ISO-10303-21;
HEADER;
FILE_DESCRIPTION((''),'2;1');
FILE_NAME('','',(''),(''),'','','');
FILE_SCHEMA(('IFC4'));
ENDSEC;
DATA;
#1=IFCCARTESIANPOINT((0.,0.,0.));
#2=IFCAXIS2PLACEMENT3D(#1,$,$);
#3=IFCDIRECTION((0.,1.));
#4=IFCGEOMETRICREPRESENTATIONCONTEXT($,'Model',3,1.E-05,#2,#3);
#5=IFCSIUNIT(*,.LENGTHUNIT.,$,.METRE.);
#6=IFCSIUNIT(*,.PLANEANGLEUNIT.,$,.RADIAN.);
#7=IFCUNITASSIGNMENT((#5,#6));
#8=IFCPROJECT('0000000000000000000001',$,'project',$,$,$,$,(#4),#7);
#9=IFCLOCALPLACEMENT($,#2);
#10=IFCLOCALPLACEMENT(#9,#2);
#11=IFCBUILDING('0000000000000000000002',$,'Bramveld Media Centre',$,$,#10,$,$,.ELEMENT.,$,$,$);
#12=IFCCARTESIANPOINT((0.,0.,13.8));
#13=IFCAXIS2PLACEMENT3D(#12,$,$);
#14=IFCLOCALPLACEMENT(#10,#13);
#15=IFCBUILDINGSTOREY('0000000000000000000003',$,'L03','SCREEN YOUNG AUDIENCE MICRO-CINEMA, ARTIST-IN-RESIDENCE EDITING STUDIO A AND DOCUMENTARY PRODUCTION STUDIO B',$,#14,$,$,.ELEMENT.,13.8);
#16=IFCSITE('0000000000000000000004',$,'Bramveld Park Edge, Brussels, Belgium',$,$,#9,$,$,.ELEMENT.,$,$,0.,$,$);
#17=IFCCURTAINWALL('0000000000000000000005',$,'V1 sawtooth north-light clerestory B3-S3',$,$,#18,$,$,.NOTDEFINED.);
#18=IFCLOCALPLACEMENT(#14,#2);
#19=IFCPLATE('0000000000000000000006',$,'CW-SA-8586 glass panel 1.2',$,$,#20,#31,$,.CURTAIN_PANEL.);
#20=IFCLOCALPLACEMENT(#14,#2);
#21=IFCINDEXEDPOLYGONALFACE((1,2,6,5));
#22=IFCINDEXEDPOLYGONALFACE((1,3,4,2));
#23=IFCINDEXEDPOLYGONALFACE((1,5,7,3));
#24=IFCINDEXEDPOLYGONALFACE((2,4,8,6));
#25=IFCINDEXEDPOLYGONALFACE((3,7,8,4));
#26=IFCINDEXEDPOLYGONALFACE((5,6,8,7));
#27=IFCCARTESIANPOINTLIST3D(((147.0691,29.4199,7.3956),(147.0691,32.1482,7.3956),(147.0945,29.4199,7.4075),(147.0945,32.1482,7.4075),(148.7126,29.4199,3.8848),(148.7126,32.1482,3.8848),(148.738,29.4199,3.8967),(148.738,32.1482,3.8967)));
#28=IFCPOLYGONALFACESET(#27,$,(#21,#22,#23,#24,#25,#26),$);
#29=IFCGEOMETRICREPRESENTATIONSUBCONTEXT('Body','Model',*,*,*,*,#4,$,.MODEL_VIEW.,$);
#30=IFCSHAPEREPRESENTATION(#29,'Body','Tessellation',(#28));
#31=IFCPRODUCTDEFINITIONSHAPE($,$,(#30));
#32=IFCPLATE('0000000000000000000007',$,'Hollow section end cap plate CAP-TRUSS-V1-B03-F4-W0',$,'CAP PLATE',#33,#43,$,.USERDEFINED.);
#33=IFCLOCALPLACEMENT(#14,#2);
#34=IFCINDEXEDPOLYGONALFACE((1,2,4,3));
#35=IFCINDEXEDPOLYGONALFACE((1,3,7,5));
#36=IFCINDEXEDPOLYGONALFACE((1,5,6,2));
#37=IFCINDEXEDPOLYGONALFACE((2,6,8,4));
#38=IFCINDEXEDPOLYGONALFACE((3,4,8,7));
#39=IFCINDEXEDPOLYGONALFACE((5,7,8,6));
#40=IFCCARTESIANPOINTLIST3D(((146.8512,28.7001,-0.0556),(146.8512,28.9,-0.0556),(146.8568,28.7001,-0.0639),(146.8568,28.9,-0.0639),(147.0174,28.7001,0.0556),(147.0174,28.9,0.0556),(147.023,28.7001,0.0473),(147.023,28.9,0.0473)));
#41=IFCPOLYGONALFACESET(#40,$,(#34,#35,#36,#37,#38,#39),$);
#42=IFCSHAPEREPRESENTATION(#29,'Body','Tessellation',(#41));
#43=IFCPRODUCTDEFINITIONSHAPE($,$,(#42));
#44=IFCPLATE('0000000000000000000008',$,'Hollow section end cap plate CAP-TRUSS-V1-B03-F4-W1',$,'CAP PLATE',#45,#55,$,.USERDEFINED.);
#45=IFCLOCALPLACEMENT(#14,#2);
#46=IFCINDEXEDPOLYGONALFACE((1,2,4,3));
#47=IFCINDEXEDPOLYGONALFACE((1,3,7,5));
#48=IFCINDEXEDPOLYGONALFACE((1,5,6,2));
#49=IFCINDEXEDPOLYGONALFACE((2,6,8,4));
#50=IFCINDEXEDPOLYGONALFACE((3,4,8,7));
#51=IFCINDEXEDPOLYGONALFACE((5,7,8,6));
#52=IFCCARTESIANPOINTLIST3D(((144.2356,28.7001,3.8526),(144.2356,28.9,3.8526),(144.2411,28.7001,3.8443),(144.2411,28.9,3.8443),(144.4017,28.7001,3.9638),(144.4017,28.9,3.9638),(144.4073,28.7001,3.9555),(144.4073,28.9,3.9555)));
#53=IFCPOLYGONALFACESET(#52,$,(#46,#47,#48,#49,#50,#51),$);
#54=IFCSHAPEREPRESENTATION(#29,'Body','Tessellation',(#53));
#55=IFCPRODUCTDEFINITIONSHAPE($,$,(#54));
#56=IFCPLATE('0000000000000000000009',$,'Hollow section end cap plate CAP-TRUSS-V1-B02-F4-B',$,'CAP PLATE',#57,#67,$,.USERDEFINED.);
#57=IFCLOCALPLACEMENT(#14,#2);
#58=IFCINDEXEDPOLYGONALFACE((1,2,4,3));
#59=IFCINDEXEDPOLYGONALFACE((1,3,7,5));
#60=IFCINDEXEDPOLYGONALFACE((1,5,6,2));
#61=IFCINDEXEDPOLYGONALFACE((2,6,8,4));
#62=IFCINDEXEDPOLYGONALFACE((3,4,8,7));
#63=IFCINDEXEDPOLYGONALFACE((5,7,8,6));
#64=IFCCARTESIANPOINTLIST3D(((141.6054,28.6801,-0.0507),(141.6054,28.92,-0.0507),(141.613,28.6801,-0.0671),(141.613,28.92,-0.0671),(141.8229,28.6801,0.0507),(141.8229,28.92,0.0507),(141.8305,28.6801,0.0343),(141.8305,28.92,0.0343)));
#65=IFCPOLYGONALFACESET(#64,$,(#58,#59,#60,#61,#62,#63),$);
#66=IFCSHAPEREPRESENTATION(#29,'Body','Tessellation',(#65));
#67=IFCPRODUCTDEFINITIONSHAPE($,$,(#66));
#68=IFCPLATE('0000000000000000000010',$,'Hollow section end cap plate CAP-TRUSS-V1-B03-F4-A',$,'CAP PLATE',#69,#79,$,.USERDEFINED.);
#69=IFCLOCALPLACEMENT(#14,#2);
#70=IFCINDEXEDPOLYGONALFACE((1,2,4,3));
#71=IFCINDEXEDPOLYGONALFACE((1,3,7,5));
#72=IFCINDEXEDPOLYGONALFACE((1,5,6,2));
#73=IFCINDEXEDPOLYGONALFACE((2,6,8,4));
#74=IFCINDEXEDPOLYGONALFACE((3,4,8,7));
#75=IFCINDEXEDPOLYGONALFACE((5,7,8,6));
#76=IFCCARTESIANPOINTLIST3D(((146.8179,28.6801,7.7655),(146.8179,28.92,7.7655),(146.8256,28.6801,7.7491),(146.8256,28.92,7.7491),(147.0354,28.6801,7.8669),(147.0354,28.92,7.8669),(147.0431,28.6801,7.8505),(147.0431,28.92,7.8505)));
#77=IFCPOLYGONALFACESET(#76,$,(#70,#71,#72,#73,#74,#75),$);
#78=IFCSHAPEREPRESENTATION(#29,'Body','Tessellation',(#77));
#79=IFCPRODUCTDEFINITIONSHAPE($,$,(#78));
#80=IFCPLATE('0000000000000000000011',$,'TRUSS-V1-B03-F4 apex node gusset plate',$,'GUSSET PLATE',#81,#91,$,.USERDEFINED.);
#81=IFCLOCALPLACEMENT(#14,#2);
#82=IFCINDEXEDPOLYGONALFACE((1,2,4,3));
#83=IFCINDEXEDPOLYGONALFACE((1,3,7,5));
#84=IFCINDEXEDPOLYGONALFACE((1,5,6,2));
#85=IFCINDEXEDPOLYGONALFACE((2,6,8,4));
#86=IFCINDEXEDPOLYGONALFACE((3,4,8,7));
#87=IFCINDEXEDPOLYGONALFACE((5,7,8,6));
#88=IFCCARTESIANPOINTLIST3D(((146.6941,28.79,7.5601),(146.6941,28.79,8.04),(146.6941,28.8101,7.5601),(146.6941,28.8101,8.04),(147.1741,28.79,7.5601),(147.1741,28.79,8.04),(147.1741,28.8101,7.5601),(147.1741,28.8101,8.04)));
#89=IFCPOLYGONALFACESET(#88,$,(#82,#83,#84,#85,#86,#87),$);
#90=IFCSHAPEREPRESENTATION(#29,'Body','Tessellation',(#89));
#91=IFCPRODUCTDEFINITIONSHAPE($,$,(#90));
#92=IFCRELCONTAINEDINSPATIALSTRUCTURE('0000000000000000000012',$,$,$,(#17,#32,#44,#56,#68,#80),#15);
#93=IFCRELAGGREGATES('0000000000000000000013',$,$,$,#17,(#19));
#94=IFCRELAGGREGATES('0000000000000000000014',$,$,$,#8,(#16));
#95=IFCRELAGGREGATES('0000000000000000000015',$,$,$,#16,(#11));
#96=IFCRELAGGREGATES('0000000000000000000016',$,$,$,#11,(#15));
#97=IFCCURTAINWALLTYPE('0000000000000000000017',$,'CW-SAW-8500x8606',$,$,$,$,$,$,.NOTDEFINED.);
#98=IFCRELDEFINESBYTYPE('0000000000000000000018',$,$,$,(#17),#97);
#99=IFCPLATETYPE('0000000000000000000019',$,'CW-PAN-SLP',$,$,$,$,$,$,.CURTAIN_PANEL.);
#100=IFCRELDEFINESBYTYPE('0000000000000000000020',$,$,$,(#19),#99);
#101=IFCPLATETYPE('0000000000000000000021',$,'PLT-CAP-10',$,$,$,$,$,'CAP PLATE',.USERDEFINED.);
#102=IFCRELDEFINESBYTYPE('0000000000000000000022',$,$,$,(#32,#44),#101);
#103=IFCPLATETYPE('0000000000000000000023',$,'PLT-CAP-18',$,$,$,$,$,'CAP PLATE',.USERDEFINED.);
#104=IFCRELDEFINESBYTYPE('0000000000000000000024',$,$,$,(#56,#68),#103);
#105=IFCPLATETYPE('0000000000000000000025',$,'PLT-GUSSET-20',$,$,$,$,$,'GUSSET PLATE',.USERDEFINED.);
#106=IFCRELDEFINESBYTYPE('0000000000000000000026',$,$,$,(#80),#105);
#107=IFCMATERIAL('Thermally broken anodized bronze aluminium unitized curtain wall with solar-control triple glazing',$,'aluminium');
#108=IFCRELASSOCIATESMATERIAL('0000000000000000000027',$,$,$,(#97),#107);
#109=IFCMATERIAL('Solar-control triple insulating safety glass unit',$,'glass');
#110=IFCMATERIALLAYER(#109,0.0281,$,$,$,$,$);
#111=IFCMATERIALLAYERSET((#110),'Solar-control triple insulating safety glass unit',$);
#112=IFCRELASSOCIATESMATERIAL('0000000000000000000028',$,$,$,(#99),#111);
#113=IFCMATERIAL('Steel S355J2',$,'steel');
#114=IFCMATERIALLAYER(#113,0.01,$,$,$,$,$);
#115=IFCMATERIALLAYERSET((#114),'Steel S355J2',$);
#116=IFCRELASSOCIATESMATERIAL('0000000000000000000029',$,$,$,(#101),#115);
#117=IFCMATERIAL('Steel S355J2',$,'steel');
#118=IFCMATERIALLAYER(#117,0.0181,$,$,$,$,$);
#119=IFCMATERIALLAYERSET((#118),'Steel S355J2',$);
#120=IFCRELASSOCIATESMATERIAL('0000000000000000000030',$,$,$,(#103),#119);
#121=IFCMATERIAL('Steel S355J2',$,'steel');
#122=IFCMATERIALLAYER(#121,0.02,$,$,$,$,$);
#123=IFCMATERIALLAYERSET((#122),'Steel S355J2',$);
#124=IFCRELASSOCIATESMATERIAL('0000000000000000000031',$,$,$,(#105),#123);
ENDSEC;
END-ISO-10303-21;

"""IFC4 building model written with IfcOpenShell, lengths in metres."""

from ifc_helpers import new_model, si_unit, direction, frame, origin, origin_2d, place, context, subcontext, project, spatial, polyline, rectangle, outline, extrude, material, layer, layer_set, type_object, element, aggregate, save


model = new_model("IFC4")

# Units and contexts
model_context = context("Model", 3, precision=1e-05, world=origin(), true_north=direction((0.0, 1.0)))
body_context = subcontext(model_context, "Body", "Model", "MODEL_VIEW")
ifc_project = project(units=[si_unit("LENGTHUNIT", "METRE"), si_unit("PLANEANGLEUNIT", "RADIAN")], contexts=[model_context])

# Site, building, storey
site_placement = place(None, origin())
site = spatial("IfcSite", under=ifc_project, at=site_placement, Name="Bramveld Park Edge, Brussels, Belgium", CompositionType="ELEMENT", RefElevation=0.0)
building_placement = place(site_placement, origin())
building = spatial("IfcBuilding", under=site, at=building_placement, Name="Bramveld Media Centre", CompositionType="ELEMENT")
storey_placement = place(building_placement, frame((0.0, 0.0, 13.8)))
storey = spatial("IfcBuildingStorey", under=building, at=storey_placement, Name="L03", Description="SCREEN YOUNG AUDIENCE MICRO-CINEMA, ARTIST-IN-RESIDENCE EDITING STUDIO A AND DOCUMENTARY PRODUCTION STUDIO B", CompositionType="ELEMENT", Elevation=13.8)

# Shared definitions
ifc_material_1 = material(Name="Thermally broken anodized bronze aluminium unitized curtain wall with solar-control triple glazing", Category="aluminium")
curtain_wall_type_1 = type_object("IfcCurtainWallType", Name="CW-SAW-8500x8606", PredefinedType="NOTDEFINED", material=ifc_material_1)

# Curtain wall
curtain_wall_1_placement = place(storey_placement, origin())
curtain_wall_1 = element("IfcCurtainWall", 1, at=curtain_wall_1_placement, inside=storey, type_object=curtain_wall_type_1, Name="V1 sawtooth north-light clerestory B3-S3", PredefinedType="NOTDEFINED")

# Plate
ifc_material_2 = material(Name="Solar-control triple insulating safety glass unit", Category="glass")
ifc_layer_1 = layer(ifc_material_2, 0.0281)
ifc_layer_set_1 = layer_set([ifc_layer_1], Name="Solar-control triple insulating safety glass unit")
plate_type_1 = type_object("IfcPlateType", Name="CW-PAN-SLP", PredefinedType="CURTAIN_PANEL", material=ifc_layer_set_1)
plate_1_placement = place(storey_placement, frame((148.738, 29.4199, 3.8967), z_axis=(0.905668, 0.0, 0.423988), x_axis=(0.0, 1.0, 0.0)))
plate_1 = element("IfcPlate", 2, at=plate_1_placement, type_object=plate_type_1, Name="CW-SA-8586 glass panel 1.2", PredefinedType="CURTAIN_PANEL", context=body_context, shape_type="SweptSolid", body=[
    extrude(outline(polyline([(0.0, 0.0), (2.7283, 0.0), (2.7283, 3.8764), (0.0, 3.8764), (0.0, 0.0)])), origin(), (0.0, 0.0, -1.0), 0.0281),
])
aggregate(curtain_wall_1, [plate_1])

# Plates
ifc_material_3 = material(Name="Steel S355J2", Category="steel")
ifc_layer_2 = layer(ifc_material_3, 0.01)
ifc_layer_set_2 = layer_set([ifc_layer_2], Name="Steel S355J2")
plate_type_2 = type_object("IfcPlateType", Name="PLT-CAP-10", ElementType="CAP PLATE", PredefinedType="USERDEFINED", material=ifc_layer_set_2)
for number, where, z_axis, x_axis, name in (
    (3, (146.9343, 28.8, 0.0), (0.55616, 0.0, -0.831075), (0.0, 1.0, 0.0), "Hollow section end cap plate CAP-TRUSS-V1-B03-F4-W0"),
    (4, (144.3242, 28.8, 3.8999), (-0.55616, 0.0, 0.831075), (0.0, -1.0, 0.0), "Hollow section end cap plate CAP-TRUSS-V1-B03-F4-W1"),
):
    element("IfcPlate", number, at=place(storey_placement, frame(where, z_axis=z_axis, x_axis=x_axis)), inside=storey, type_object=plate_type_2, Name=name, ObjectType="CAP PLATE", PredefinedType="USERDEFINED", context=body_context, shape_type="SweptSolid", body=[
        extrude(rectangle(XDim=0.2, YDim=0.2, at=origin_2d()), origin(), (0.0, 0.0, 1.0), 0.01),
    ])
ifc_material_4 = material(Name="Steel S355J2", Category="steel")
ifc_layer_3 = layer(ifc_material_4, 0.0181)
ifc_layer_set_3 = layer_set([ifc_layer_3], Name="Steel S355J2")
plate_type_3 = type_object("IfcPlateType", Name="PLT-CAP-18", ElementType="CAP PLATE", PredefinedType="USERDEFINED", material=ifc_layer_set_3)
for number, where, z_axis, x_axis, name in (
    (5, (141.7141, 28.8, 0.0), (0.422628, 0.0, -0.906303), (0.0, 1.0, 0.0), "Hollow section end cap plate CAP-TRUSS-V1-B02-F4-B"),
    (6, (146.9343, 28.8, 7.7998), (-0.422618, 0.0, 0.906308), (0.0, -1.0, 0.0), "Hollow section end cap plate CAP-TRUSS-V1-B03-F4-A"),
):
    element("IfcPlate", number, at=place(storey_placement, frame(where, z_axis=z_axis, x_axis=x_axis)), inside=storey, type_object=plate_type_3, Name=name, ObjectType="CAP PLATE", PredefinedType="USERDEFINED", context=body_context, shape_type="SweptSolid", body=[
        extrude(rectangle(XDim=0.24, YDim=0.24, at=origin_2d()), origin(), (0.0, 0.0, 1.0), 0.0181),
    ])
ifc_material_5 = material(Name="Steel S355J2", Category="steel")
ifc_layer_4 = layer(ifc_material_5, 0.02)
ifc_layer_set_4 = layer_set([ifc_layer_4], Name="Steel S355J2")
plate_type_4 = type_object("IfcPlateType", Name="PLT-GUSSET-20", ElementType="GUSSET PLATE", PredefinedType="USERDEFINED", material=ifc_layer_set_4)
plate_2_placement = place(storey_placement, frame((146.9341, 28.8, 7.5601), z_axis=(0.0, 0.0, 1.0), x_axis=(1.0, 0.0, 0.0)))
element("IfcPlate", 7, at=plate_2_placement, inside=storey, type_object=plate_type_4, Name="TRUSS-V1-B03-F4 apex node gusset plate", ObjectType="GUSSET PLATE", PredefinedType="USERDEFINED", context=body_context, shape_type="SweptSolid", body=[
    extrude(rectangle(XDim=0.48, YDim=0.02, at=origin_2d()), origin(), (0.0, 0.0, 1.0), 0.48),
])

save(model, "model.ifc")
